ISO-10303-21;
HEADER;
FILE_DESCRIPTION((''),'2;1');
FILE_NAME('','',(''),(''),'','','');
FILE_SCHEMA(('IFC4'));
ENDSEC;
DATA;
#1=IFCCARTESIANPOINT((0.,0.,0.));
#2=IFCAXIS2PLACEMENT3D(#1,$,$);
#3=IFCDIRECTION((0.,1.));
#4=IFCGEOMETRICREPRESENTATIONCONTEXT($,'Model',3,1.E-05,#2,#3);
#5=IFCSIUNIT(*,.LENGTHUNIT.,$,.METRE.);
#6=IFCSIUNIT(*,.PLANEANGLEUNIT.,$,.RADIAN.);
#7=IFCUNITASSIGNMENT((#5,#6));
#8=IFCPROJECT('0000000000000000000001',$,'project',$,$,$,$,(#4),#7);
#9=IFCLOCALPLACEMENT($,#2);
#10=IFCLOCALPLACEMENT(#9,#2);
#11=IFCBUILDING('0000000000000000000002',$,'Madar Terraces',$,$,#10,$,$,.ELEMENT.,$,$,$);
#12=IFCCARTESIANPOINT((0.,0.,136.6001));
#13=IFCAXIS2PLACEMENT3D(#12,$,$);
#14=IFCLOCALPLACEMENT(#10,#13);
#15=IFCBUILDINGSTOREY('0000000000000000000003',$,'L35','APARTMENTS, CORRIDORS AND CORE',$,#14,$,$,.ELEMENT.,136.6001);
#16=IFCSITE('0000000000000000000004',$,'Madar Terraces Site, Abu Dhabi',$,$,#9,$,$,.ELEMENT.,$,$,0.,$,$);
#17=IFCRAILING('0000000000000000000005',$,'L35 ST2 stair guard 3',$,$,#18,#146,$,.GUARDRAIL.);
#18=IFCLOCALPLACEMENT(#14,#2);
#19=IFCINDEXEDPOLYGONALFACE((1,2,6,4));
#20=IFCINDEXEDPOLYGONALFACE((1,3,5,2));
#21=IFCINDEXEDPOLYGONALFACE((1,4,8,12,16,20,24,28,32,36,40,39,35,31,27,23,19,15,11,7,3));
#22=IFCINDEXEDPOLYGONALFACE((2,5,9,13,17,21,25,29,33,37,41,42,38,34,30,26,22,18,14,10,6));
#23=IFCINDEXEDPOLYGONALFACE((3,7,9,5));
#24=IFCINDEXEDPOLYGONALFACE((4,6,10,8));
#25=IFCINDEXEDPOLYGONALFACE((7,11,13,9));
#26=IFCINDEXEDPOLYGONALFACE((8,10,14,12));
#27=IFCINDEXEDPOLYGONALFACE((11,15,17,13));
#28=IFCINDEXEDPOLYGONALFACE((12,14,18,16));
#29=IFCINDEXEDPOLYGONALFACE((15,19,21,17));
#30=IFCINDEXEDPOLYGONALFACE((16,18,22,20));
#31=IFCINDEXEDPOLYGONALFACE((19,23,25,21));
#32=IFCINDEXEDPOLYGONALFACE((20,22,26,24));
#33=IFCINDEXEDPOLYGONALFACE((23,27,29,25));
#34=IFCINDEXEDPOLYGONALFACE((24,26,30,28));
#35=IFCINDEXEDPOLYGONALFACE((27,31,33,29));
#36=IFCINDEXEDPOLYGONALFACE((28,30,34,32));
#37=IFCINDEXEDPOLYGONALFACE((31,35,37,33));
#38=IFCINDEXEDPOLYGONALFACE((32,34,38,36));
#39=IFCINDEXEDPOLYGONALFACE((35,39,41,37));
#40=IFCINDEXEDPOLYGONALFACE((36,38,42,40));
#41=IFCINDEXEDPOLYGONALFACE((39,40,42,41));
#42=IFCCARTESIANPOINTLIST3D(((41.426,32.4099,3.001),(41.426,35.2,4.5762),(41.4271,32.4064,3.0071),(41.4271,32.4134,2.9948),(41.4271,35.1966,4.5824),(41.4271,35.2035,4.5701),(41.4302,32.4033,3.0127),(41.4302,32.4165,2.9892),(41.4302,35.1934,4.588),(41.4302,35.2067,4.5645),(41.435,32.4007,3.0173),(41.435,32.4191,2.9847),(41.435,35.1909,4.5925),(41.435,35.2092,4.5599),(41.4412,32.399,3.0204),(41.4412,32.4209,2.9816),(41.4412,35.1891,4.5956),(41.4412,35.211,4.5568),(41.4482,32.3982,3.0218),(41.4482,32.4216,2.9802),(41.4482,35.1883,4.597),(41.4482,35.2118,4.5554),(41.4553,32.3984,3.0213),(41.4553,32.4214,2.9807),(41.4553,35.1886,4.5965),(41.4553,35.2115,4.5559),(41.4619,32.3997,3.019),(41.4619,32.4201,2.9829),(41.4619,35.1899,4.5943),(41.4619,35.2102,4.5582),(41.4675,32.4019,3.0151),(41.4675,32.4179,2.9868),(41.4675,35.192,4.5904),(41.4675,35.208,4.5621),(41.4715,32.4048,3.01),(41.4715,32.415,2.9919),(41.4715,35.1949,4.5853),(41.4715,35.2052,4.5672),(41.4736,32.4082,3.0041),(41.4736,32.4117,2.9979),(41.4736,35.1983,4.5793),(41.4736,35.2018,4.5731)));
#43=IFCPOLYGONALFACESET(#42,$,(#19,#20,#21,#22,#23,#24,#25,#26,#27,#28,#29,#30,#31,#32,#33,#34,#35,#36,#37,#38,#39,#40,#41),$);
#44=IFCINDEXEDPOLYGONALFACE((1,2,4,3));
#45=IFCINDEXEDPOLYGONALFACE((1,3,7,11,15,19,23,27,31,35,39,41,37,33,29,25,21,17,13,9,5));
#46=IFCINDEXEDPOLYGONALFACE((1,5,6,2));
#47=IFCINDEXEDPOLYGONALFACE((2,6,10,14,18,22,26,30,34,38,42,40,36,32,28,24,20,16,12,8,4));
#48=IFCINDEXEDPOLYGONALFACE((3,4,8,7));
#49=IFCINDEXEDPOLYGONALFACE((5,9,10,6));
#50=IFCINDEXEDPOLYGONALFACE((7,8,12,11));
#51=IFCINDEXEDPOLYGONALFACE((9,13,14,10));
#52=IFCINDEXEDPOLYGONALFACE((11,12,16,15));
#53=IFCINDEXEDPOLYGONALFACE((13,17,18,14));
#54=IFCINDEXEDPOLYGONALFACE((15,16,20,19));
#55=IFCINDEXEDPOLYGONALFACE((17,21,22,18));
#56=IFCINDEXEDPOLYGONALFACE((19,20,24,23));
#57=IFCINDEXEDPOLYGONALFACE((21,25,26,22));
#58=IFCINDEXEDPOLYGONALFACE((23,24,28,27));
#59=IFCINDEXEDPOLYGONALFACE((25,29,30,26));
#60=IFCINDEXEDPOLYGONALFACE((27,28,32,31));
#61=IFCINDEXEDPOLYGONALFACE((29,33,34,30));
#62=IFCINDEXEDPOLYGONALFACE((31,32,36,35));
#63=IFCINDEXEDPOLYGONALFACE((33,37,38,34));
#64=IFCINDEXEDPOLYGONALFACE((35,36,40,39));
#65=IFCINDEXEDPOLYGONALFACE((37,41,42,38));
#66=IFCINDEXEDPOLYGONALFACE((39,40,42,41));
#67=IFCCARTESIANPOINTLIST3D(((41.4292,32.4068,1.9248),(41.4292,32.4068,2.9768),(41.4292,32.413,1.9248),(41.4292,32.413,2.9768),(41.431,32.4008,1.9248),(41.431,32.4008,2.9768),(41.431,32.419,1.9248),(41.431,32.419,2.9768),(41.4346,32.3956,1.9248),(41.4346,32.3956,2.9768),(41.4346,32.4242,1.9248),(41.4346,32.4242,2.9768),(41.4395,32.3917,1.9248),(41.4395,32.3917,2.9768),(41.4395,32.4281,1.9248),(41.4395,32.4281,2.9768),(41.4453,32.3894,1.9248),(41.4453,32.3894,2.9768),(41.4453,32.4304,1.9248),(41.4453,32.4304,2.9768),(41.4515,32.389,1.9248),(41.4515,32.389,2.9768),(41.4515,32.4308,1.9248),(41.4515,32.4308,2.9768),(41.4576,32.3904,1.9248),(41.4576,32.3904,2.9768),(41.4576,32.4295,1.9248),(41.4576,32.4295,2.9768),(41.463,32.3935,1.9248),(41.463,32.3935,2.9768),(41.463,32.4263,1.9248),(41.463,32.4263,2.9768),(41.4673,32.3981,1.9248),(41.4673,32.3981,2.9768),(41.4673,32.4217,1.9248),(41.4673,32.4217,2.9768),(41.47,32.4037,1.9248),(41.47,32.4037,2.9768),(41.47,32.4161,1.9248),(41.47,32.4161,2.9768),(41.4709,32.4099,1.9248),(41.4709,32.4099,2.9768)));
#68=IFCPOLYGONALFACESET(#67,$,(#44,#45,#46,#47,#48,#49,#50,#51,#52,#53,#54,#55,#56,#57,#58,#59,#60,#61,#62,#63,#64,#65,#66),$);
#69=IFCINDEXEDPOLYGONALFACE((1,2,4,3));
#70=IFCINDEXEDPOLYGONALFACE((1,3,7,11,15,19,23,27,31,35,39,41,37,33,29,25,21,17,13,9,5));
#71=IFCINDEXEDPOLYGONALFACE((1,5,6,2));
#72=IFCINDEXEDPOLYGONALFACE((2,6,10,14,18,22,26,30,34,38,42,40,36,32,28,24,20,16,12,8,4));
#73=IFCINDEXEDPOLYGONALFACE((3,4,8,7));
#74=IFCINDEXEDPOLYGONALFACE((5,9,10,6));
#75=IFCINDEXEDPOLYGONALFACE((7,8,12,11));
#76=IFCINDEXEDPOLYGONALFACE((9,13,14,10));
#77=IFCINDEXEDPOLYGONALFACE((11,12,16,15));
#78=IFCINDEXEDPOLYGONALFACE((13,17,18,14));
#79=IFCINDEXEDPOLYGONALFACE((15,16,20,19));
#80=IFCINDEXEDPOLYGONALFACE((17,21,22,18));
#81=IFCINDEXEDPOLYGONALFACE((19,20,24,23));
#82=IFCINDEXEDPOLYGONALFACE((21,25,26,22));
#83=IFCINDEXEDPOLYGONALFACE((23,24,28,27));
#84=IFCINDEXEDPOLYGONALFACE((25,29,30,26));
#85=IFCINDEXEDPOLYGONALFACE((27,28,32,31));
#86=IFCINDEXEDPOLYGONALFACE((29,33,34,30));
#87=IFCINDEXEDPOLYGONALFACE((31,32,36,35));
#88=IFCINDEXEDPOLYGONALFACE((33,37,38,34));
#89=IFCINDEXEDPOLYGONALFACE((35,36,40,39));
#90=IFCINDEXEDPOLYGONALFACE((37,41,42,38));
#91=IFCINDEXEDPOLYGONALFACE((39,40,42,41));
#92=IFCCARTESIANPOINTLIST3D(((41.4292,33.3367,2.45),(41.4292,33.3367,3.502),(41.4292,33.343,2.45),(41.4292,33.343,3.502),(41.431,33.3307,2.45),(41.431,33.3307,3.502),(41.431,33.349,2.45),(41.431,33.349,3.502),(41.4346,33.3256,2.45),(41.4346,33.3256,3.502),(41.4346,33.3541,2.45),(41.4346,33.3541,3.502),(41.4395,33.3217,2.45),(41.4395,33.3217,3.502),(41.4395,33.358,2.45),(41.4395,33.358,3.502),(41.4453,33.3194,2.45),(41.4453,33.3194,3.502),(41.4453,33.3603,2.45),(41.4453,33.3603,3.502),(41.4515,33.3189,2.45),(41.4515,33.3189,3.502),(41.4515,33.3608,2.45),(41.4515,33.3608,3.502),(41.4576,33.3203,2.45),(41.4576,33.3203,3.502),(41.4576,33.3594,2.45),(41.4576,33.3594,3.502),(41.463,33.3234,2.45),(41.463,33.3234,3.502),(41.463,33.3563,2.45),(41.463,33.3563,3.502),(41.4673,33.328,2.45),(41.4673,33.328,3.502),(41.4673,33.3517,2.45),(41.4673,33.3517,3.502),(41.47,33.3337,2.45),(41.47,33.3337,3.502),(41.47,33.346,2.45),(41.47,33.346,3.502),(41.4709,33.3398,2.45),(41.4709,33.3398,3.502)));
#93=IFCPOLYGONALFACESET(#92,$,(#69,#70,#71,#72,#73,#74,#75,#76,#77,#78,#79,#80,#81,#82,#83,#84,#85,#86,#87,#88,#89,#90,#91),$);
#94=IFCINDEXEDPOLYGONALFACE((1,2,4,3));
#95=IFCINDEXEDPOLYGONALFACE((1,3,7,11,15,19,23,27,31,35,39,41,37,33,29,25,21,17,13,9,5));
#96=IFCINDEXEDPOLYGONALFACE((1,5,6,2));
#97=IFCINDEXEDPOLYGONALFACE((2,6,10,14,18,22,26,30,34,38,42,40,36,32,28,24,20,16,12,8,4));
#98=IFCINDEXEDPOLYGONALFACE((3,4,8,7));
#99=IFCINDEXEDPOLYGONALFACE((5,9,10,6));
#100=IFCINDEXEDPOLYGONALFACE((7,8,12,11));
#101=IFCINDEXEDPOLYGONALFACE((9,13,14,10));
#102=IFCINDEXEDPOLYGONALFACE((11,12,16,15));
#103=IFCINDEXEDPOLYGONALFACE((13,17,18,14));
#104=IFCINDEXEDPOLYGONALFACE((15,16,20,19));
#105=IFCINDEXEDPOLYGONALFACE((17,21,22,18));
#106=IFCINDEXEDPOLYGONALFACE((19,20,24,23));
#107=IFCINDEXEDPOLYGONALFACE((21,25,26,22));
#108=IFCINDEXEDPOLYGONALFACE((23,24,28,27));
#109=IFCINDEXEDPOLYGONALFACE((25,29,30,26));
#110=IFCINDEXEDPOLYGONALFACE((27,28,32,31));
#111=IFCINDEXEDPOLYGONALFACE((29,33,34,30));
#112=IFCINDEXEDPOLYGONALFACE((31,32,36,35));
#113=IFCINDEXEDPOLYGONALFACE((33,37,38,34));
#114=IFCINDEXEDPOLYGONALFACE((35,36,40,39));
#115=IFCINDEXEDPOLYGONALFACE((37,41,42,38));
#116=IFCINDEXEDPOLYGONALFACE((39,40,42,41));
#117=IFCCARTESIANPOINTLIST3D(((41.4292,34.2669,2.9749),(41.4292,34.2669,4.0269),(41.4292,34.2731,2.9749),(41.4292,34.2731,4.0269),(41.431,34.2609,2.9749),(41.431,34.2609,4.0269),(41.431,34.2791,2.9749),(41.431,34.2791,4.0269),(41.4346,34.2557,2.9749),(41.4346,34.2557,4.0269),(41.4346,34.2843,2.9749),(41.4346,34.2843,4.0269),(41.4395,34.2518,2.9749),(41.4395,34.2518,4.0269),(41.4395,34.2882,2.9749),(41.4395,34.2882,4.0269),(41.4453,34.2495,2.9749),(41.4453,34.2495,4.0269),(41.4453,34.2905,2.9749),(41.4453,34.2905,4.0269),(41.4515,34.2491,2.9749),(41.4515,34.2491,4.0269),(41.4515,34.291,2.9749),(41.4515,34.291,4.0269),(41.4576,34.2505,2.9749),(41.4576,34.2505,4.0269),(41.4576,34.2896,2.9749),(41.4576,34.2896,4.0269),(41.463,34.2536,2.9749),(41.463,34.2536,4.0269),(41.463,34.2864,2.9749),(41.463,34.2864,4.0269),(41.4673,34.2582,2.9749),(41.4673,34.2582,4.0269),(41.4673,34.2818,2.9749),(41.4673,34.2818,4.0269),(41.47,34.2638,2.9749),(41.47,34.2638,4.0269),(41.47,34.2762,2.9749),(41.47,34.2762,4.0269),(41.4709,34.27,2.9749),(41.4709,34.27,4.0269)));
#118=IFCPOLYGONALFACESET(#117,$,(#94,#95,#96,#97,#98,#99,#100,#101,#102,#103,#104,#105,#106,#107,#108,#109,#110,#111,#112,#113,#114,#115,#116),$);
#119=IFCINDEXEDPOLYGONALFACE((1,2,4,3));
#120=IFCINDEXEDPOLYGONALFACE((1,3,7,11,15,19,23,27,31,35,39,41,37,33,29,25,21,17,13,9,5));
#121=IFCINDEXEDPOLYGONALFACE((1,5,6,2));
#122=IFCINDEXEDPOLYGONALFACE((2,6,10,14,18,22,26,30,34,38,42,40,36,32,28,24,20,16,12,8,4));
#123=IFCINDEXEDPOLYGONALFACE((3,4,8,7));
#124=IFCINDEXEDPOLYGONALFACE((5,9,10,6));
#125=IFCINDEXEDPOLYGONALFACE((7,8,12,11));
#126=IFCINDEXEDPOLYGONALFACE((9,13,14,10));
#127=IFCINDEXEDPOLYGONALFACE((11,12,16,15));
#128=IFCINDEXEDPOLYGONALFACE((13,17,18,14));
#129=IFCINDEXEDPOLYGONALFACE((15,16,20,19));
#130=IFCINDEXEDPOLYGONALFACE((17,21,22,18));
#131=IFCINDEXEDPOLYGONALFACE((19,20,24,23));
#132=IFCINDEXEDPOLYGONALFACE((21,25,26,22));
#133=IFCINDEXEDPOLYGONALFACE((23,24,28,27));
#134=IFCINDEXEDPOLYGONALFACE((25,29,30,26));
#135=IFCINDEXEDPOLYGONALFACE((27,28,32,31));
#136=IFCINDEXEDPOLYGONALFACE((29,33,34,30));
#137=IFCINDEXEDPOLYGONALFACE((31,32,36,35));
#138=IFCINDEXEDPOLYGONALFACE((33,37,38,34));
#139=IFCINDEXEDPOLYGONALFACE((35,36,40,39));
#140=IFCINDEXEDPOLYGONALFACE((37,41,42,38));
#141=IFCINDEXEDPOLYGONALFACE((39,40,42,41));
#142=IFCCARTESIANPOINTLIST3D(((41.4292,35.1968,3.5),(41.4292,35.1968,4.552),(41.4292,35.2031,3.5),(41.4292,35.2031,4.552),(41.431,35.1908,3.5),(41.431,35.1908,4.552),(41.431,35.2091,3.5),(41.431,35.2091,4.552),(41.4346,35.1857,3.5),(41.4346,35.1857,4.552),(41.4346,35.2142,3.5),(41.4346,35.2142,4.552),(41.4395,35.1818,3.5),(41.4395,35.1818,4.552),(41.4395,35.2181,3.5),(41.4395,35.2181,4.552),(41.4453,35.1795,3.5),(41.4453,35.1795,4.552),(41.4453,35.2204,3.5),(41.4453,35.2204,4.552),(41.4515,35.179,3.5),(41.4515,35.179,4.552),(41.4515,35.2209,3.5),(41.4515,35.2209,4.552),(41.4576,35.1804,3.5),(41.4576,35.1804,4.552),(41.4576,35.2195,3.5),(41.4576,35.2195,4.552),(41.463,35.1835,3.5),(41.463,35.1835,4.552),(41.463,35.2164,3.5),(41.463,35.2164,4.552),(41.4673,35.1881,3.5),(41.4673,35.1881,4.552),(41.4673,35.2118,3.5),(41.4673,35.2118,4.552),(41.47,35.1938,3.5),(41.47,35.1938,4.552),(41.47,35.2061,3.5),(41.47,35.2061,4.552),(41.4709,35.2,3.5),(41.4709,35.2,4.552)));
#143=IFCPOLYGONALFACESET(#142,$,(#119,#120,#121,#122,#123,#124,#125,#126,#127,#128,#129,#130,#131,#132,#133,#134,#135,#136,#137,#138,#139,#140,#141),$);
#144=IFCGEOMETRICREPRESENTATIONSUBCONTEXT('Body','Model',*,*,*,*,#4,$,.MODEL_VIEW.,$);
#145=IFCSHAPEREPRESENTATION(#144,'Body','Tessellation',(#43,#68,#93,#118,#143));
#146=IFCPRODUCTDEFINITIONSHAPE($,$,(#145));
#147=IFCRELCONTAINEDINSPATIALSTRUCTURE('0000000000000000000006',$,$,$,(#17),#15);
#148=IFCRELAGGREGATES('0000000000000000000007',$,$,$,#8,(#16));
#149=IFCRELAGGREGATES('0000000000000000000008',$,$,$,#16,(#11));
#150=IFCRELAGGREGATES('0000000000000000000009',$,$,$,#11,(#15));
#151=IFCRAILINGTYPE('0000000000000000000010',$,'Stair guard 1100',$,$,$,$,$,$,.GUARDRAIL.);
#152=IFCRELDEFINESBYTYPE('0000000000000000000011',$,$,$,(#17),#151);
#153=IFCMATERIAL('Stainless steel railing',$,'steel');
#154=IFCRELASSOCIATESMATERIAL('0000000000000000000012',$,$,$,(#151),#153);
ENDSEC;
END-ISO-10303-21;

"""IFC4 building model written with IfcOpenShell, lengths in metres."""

from ifc_helpers import new_model, si_unit, direction, frame, origin, origin_2d, place, context, subcontext, project, spatial, circle, extrude, material, type_object, element, save


model = new_model("IFC4")

# Units and contexts
model_context = context("Model", 3, precision=1e-05, world=origin(), true_north=direction((0.0, 1.0)))
body_context = subcontext(model_context, "Body", "Model", "MODEL_VIEW")
ifc_project = project(units=[si_unit("LENGTHUNIT", "METRE"), si_unit("PLANEANGLEUNIT", "RADIAN")], contexts=[model_context])

# Site, building, storey
site_placement = place(None, origin())
site = spatial("IfcSite", under=ifc_project, at=site_placement, Name="Madar Terraces Site, Abu Dhabi", CompositionType="ELEMENT", RefElevation=0.0)
building_placement = place(site_placement, origin())
building = spatial("IfcBuilding", under=site, at=building_placement, Name="Madar Terraces", CompositionType="ELEMENT")
storey_placement = place(building_placement, frame((0.0, 0.0, 136.6001)))
storey = spatial("IfcBuildingStorey", under=building, at=storey_placement, Name="L35", Description="APARTMENTS, CORRIDORS AND CORE", CompositionType="ELEMENT", Elevation=136.6001)

# Railing
ifc_material_1 = material(Name="Stainless steel railing", Category="steel")
railing_type_1 = type_object("IfcRailingType", Name="Stair guard 1100", PredefinedType="GUARDRAIL", material=ifc_material_1)
railing_1_placement = place(storey_placement, frame((41.45, 32.4099, 1.9248)))
element("IfcRailing", 1, at=railing_1_placement, inside=storey, type_object=railing_type_1, Name="L35 ST2 stair guard 3", PredefinedType="GUARDRAIL", context=body_context, shape_type="SweptSolid", body=[
    extrude(circle(Radius=0.0239, at=origin_2d()), frame((0.0, 0.0, 1.0762), z_axis=(0.0, 0.870801, 0.491635), x_axis=(-1.0, 0.0, 0.0)), (0.0, 0.0, 1.0), 3.2041),
    extrude(circle(Radius=0.021, at=origin_2d()), origin(), (0.0, 0.0, 1.0), 1.052),
    extrude(circle(Radius=0.021, at=origin_2d()), frame((0.0, 0.9299, 0.5251)), (0.0, 0.0, 1.0), 1.052),
    extrude(circle(Radius=0.021, at=origin_2d()), frame((0.0, 1.8601, 1.05)), (0.0, 0.0, 1.0), 1.052),
    extrude(circle(Radius=0.021, at=origin_2d()), frame((0.0, 2.79, 1.5752)), (0.0, 0.0, 1.0), 1.052),
])

save(model, "model.ifc")
